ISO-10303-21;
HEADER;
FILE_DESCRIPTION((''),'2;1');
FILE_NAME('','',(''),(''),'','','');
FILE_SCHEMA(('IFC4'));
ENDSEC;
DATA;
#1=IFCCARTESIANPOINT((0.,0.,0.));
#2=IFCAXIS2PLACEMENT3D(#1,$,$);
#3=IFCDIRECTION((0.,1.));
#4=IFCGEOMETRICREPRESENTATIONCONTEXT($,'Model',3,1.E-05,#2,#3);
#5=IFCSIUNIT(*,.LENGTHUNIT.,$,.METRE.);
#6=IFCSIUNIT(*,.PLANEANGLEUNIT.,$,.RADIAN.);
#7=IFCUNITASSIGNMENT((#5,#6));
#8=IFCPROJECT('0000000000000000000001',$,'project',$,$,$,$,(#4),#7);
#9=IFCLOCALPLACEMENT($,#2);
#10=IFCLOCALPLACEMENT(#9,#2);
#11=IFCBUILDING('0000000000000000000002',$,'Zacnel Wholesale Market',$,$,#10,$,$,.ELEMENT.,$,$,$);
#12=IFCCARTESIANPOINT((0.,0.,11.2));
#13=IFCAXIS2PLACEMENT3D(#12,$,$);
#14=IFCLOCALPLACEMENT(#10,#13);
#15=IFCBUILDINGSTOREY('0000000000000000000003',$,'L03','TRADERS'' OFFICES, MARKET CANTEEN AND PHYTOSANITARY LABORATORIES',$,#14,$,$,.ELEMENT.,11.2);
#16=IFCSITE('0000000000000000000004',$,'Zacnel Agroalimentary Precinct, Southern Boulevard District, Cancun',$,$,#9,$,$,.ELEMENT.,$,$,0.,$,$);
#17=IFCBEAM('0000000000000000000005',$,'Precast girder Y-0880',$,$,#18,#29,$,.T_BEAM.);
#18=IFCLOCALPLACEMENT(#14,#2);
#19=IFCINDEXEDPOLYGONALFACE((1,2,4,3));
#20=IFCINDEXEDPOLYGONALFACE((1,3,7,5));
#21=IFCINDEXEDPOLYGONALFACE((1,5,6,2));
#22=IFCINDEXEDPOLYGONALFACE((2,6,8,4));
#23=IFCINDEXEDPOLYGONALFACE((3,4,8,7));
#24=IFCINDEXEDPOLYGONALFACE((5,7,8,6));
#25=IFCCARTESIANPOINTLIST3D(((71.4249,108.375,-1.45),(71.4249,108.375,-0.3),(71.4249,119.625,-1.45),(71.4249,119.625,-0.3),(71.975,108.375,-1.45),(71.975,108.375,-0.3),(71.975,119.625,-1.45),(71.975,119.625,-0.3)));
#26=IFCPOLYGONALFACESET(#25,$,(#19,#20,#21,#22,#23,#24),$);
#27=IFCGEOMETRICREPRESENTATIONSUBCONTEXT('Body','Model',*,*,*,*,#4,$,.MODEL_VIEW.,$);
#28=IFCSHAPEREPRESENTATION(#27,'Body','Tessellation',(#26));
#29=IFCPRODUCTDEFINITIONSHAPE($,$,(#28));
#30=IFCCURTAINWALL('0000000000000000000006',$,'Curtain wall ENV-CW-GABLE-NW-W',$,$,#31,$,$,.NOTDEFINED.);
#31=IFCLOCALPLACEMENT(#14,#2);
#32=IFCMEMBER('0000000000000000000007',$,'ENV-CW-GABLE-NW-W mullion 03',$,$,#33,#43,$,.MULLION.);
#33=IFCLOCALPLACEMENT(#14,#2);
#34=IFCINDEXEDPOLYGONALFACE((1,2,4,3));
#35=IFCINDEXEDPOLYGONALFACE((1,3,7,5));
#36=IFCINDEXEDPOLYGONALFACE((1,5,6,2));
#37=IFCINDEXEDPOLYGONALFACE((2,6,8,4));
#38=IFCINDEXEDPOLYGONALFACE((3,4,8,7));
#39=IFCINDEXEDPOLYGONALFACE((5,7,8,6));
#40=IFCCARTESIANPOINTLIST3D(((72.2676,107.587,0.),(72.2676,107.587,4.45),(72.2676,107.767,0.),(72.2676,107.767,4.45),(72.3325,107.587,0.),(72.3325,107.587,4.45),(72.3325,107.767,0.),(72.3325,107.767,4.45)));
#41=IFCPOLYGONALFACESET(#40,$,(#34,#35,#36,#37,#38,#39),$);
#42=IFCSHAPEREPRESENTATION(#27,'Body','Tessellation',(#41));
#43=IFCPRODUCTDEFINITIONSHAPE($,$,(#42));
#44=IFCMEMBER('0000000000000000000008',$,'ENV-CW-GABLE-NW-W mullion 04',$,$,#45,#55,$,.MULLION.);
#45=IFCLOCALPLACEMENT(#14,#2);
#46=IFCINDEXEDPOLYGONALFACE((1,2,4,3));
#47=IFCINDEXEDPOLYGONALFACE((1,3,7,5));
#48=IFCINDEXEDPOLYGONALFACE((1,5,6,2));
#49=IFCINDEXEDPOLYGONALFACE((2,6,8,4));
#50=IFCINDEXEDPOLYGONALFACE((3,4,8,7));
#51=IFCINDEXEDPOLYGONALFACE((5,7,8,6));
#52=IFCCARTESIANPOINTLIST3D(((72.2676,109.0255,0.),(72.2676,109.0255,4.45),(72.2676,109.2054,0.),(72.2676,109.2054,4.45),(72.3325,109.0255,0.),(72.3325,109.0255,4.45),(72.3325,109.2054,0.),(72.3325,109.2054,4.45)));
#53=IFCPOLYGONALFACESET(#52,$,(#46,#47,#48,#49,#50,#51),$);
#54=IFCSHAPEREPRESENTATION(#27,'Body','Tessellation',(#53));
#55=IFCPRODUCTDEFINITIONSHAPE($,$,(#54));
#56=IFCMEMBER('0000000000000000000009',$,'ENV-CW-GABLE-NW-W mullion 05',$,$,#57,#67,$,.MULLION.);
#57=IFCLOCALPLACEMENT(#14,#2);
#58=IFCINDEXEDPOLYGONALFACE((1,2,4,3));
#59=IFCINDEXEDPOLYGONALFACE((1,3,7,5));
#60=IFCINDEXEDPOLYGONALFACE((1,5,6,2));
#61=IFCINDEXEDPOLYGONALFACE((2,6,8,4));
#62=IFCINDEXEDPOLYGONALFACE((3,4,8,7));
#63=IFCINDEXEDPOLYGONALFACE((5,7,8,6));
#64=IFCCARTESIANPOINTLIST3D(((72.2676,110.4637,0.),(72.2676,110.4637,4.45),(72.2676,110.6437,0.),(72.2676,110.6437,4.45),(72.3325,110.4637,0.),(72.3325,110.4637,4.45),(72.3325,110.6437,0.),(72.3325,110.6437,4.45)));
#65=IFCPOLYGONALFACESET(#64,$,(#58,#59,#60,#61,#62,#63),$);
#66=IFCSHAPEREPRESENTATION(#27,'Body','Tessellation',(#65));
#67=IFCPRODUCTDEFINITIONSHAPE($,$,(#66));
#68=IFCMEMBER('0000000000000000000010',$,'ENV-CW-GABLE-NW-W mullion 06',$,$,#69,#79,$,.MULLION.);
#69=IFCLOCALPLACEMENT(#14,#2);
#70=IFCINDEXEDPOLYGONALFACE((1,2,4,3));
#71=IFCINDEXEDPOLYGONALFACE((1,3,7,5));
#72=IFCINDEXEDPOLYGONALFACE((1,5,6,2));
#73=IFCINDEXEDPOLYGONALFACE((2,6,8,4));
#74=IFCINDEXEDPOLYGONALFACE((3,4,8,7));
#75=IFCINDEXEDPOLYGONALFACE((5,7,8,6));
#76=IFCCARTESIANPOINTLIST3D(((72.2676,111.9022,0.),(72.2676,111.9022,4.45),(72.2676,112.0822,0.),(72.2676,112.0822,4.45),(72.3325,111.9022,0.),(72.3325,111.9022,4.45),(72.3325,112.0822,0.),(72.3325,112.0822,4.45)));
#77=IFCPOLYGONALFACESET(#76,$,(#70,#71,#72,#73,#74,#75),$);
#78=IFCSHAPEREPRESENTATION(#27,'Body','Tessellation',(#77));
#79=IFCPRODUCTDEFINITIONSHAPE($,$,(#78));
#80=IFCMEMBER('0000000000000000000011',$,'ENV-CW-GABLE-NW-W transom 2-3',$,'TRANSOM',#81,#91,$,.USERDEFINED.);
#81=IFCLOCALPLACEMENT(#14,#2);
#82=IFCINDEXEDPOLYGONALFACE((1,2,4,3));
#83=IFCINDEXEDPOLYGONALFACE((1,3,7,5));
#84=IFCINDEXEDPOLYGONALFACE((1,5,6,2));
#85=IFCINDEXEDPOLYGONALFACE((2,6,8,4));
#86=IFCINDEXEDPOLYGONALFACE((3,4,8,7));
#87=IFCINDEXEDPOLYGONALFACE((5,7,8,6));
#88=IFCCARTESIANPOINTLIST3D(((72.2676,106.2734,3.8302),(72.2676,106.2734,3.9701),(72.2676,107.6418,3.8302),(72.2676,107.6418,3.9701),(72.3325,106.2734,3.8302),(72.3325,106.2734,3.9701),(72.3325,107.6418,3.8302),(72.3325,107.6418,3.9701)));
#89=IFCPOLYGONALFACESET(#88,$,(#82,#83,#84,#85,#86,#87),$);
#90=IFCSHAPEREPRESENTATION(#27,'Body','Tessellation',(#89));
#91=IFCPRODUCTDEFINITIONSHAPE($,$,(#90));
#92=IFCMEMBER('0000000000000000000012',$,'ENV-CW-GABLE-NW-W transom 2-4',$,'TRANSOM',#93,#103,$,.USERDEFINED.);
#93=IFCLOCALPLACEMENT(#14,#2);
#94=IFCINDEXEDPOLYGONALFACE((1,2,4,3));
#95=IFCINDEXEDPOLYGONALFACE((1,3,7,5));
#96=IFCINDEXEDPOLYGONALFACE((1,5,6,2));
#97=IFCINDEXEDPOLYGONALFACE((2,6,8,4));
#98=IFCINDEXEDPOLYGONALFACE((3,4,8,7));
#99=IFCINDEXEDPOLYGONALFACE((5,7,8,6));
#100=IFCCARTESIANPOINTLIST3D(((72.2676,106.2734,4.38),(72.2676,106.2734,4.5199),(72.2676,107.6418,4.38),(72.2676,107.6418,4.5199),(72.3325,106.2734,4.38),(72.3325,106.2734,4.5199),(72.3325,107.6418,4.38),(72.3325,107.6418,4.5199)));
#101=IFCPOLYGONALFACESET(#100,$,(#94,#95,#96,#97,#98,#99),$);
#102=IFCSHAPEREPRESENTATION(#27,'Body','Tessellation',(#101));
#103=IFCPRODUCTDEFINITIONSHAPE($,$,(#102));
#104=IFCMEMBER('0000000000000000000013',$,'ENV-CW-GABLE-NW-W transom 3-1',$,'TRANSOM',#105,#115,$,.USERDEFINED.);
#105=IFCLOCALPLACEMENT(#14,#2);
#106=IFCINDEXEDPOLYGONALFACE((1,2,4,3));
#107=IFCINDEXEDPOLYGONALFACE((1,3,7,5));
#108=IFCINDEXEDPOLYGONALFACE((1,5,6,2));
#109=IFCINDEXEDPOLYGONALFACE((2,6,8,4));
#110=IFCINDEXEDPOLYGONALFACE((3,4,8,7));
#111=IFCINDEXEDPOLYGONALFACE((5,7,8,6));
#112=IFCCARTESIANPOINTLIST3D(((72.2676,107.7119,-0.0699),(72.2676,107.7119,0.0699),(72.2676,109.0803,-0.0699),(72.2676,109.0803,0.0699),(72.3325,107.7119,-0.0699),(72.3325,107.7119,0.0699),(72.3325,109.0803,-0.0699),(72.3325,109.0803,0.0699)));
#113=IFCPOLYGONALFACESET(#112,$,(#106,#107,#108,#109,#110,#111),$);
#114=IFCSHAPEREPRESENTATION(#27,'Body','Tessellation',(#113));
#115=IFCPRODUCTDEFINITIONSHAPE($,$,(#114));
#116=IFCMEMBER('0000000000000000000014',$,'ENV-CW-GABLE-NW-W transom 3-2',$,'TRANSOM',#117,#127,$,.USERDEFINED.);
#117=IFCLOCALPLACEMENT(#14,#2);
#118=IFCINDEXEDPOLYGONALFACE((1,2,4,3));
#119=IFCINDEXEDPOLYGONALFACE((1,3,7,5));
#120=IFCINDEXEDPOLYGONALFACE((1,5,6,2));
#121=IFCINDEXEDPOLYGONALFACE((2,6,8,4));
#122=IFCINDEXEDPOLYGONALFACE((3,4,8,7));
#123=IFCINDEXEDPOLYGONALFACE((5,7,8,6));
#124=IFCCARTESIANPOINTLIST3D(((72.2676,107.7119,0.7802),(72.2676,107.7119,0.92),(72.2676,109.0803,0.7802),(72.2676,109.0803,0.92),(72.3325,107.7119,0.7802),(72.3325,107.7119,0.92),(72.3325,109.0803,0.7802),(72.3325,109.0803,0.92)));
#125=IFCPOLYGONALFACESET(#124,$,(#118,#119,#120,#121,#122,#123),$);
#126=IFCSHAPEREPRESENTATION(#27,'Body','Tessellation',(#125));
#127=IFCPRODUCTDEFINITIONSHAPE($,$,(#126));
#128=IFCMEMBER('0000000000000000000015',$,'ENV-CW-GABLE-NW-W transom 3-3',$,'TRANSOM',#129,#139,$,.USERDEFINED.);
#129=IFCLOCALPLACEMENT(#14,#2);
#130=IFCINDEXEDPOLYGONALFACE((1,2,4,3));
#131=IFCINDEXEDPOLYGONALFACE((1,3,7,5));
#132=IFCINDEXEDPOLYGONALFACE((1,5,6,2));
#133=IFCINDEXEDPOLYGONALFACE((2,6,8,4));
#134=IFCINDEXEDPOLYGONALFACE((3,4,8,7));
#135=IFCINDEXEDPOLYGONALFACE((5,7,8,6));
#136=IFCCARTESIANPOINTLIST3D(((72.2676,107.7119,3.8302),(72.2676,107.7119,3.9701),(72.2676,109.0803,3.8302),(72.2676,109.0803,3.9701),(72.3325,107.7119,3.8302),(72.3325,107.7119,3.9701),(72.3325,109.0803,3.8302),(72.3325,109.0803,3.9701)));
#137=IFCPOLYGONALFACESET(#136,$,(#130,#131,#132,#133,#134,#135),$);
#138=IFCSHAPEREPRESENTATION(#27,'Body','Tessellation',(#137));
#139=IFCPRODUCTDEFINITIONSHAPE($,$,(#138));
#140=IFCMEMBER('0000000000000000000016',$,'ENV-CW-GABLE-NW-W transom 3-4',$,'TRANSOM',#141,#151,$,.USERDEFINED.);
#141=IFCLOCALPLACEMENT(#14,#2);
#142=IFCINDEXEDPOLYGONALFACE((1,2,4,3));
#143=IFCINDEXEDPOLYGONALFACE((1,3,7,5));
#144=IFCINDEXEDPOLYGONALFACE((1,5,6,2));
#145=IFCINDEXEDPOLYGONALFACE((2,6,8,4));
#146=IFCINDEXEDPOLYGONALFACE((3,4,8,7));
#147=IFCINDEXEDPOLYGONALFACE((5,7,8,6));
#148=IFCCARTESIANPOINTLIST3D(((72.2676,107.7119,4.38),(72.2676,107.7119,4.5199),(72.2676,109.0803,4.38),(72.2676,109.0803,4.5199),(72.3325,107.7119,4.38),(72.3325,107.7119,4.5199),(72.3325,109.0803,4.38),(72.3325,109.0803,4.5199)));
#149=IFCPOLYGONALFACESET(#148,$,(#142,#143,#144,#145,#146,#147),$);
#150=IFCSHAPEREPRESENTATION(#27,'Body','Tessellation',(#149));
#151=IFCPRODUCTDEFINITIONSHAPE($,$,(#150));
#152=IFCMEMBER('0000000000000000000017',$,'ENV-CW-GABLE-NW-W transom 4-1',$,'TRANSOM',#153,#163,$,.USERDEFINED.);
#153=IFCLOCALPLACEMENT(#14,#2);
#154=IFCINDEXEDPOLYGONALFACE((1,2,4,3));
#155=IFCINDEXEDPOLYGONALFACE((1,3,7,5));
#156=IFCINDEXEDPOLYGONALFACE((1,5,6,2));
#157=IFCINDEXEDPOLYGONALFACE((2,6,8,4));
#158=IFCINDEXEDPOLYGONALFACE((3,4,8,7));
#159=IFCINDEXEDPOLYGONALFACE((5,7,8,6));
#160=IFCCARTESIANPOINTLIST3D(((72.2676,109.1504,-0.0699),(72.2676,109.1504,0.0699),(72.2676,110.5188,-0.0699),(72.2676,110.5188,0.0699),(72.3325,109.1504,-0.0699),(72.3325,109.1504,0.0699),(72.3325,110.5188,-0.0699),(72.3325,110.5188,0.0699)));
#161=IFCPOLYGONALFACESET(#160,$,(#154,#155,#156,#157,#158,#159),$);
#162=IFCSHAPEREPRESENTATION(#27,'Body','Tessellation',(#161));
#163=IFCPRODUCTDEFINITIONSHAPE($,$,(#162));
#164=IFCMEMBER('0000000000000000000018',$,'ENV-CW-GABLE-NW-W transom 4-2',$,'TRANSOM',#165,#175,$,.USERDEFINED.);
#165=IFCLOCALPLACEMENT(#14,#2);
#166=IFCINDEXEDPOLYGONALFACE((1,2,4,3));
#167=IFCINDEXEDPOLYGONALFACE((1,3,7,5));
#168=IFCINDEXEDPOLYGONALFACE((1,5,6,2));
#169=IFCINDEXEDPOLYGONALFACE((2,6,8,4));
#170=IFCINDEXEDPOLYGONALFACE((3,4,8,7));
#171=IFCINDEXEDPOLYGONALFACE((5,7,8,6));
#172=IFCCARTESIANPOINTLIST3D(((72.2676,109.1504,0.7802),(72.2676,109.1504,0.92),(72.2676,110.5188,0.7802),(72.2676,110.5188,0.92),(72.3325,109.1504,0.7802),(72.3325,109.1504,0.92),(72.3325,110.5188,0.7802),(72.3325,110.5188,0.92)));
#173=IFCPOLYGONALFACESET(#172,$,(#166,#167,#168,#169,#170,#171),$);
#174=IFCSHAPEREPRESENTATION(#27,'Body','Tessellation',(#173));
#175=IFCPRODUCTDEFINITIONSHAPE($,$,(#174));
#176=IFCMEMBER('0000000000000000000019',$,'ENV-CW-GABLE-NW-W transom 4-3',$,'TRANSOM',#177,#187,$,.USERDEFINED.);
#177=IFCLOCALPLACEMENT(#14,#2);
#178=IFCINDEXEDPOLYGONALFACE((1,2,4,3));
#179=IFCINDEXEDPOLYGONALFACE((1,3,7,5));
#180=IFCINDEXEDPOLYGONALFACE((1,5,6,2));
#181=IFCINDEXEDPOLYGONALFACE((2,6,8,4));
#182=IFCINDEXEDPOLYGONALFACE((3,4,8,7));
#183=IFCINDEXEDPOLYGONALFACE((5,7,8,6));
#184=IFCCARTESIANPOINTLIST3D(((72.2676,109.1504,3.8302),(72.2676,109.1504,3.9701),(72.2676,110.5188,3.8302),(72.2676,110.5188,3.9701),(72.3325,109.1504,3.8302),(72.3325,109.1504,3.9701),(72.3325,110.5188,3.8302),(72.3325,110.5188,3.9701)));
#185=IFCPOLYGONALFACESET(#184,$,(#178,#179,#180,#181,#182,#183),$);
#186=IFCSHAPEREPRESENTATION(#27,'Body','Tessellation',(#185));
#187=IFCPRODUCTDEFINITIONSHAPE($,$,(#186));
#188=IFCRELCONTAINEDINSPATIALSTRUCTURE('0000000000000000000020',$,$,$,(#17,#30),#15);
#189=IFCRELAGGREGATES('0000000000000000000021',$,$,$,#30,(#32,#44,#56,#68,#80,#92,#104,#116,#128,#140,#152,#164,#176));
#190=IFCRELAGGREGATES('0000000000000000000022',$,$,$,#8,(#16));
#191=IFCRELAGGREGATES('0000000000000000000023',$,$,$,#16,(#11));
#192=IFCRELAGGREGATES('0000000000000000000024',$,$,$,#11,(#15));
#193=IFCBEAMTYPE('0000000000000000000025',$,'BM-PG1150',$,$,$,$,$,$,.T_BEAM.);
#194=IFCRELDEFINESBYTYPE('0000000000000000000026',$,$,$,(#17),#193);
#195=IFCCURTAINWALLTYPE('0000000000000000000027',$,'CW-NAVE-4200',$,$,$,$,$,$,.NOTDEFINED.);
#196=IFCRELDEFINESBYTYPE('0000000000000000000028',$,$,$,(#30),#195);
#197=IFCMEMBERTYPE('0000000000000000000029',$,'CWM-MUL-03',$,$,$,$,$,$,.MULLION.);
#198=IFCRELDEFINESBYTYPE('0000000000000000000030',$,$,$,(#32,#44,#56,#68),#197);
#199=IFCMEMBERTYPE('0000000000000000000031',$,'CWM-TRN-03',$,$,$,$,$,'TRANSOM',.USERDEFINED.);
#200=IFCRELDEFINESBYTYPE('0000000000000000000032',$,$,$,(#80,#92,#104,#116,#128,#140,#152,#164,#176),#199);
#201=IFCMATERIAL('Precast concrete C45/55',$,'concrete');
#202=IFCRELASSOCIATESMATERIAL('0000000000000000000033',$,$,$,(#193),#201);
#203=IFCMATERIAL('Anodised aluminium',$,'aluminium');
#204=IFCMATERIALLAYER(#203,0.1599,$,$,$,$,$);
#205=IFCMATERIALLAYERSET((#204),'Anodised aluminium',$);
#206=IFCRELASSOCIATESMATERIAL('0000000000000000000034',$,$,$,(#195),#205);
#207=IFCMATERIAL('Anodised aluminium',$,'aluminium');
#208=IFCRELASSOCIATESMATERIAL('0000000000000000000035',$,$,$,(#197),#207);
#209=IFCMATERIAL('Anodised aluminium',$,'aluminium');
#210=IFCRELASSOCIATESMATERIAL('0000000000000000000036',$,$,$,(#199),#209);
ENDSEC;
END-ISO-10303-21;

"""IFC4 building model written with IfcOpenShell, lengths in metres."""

from ifc_helpers import new_model, si_unit, direction, frame, origin, origin_2d, place, context, subcontext, project, spatial, rectangle, extrude, material, layer, layer_set, material_profile, profile_set, type_object, element, aggregate, save


model = new_model("IFC4")

# Units and contexts
model_context = context("Model", 3, precision=1e-05, world=origin(), true_north=direction((0.0, 1.0)))
body_context = subcontext(model_context, "Body", "Model", "MODEL_VIEW")
ifc_project = project(units=[si_unit("LENGTHUNIT", "METRE"), si_unit("PLANEANGLEUNIT", "RADIAN")], contexts=[model_context])

# Site, building, storey
site_placement = place(None, origin())
site = spatial("IfcSite", under=ifc_project, at=site_placement, Name="Zacnel Agroalimentary Precinct, Southern Boulevard District, Cancun", CompositionType="ELEMENT", RefElevation=0.0)
building_placement = place(site_placement, origin())
building = spatial("IfcBuilding", under=site, at=building_placement, Name="Zacnel Wholesale Market", CompositionType="ELEMENT")
storey_placement = place(building_placement, frame((0.0, 0.0, 11.2)))
storey = spatial("IfcBuildingStorey", under=building, at=storey_placement, Name="L03", Description="TRADERS' OFFICES, MARKET CANTEEN AND PHYTOSANITARY LABORATORIES", CompositionType="ELEMENT", Elevation=11.2)

# Beam
ifc_material_1 = material(Name="Precast concrete C45/55", Category="concrete")
ifc_material_profile_1 = material_profile(ifc_material_1, rectangle(XDim=0.55, YDim=1.1499, at=origin_2d()), Name="PG 550x1150")
ifc_profile_set_1 = profile_set([ifc_material_profile_1], Name="Precast concrete C45/55")
beam_type = type_object("IfcBeamType", Name="BM-PG1150", PredefinedType="T_BEAM", material=ifc_profile_set_1)
beam_placement = place(storey_placement, frame((71.7, 108.375, -0.875), z_axis=(0.0, 1.0, 0.0), x_axis=(-1.0, 0.0, 0.0)))
element("IfcBeam", 1, at=beam_placement, inside=storey, type_object=beam_type, Name="Precast girder Y-0880", PredefinedType="T_BEAM", context=body_context, shape_type="SweptSolid", body=[
    extrude(rectangle(XDim=0.55, YDim=1.1499, at=origin_2d()), origin(), (0.0, 0.0, 1.0), 11.25),
])

# Curtain wall, members
ifc_material_2 = material(Name="Anodised aluminium", Category="aluminium")
ifc_layer_1 = layer(ifc_material_2, 0.1599)
ifc_layer_set_1 = layer_set([ifc_layer_1], Name="Anodised aluminium")
curtain_wall_type = type_object("IfcCurtainWallType", Name="CW-NAVE-4200", PredefinedType="NOTDEFINED", material=ifc_layer_set_1)
curtain_wall_placement = place(storey_placement, origin())
curtain_wall = element("IfcCurtainWall", 2, at=curtain_wall_placement, inside=storey, type_object=curtain_wall_type, Name="Curtain wall ENV-CW-GABLE-NW-W", PredefinedType="NOTDEFINED")
ifc_material_3 = material(Name="Anodised aluminium", Category="aluminium")
ifc_material_profile_2 = material_profile(ifc_material_3, rectangle(XDim=0.0649, YDim=0.1799, at=origin_2d()), Name="AW-MULLION 65x180")
ifc_profile_set_2 = profile_set([ifc_material_profile_2], Name="Anodised aluminium")
member_type_1 = type_object("IfcMemberType", Name="CWM-MUL-03", PredefinedType="MULLION", material=ifc_profile_set_2)
member_1_placement = place(storey_placement, frame((72.3, 107.677, 0.0), z_axis=(0.0, 0.0, 1.0), x_axis=(1.0, 0.0, 0.0)))
member_1 = element("IfcMember", 3, at=member_1_placement, type_object=member_type_1, Name="ENV-CW-GABLE-NW-W mullion 03", PredefinedType="MULLION", context=body_context, shape_type="SweptSolid", body=[
    extrude(rectangle(XDim=0.0649, YDim=0.1799, at=origin_2d()), origin(), (0.0, 0.0, 1.0), 4.45),
])
member_2_placement = place(storey_placement, frame((72.3, 109.1155, 0.0), z_axis=(0.0, 0.0, 1.0), x_axis=(1.0, 0.0, 0.0)))
member_2 = element("IfcMember", 4, at=member_2_placement, type_object=member_type_1, Name="ENV-CW-GABLE-NW-W mullion 04", PredefinedType="MULLION", context=body_context, shape_type="SweptSolid", body=[
    extrude(rectangle(XDim=0.0649, YDim=0.1799, at=origin_2d()), origin(), (0.0, 0.0, 1.0), 4.45),
])
member_3_placement = place(storey_placement, frame((72.3, 110.5537, 0.0), z_axis=(0.0, 0.0, 1.0), x_axis=(1.0, 0.0, 0.0)))
member_3 = element("IfcMember", 5, at=member_3_placement, type_object=member_type_1, Name="ENV-CW-GABLE-NW-W mullion 05", PredefinedType="MULLION", context=body_context, shape_type="SweptSolid", body=[
    extrude(rectangle(XDim=0.0649, YDim=0.1799, at=origin_2d()), origin(), (0.0, 0.0, 1.0), 4.45),
])
member_4_placement = place(storey_placement, frame((72.3, 111.9922, 0.0), z_axis=(0.0, 0.0, 1.0), x_axis=(1.0, 0.0, 0.0)))
member_4 = element("IfcMember", 6, at=member_4_placement, type_object=member_type_1, Name="ENV-CW-GABLE-NW-W mullion 06", PredefinedType="MULLION", context=body_context, shape_type="SweptSolid", body=[
    extrude(rectangle(XDim=0.0649, YDim=0.1799, at=origin_2d()), origin(), (0.0, 0.0, 1.0), 4.45),
])
ifc_material_4 = material(Name="Anodised aluminium", Category="aluminium")
ifc_material_profile_3 = material_profile(ifc_material_4, rectangle(XDim=0.0649, YDim=0.1399, at=origin_2d()), Name="AW-TRANSOM 65x140")
ifc_profile_set_3 = profile_set([ifc_material_profile_3], Name="Anodised aluminium")
member_type_2 = type_object("IfcMemberType", Name="CWM-TRN-03", ElementType="TRANSOM", PredefinedType="USERDEFINED", material=ifc_profile_set_3)
member_5_placement = place(storey_placement, frame((72.3, 106.2734, 3.9001), z_axis=(0.0, 1.0, 0.0), x_axis=(-1.0, 0.0, 0.0)))
member_5 = element("IfcMember", 7, at=member_5_placement, type_object=member_type_2, Name="ENV-CW-GABLE-NW-W transom 2-3", ObjectType="TRANSOM", PredefinedType="USERDEFINED", context=body_context, shape_type="SweptSolid", body=[
    extrude(rectangle(XDim=0.0649, YDim=0.1399, at=origin_2d()), origin(), (0.0, 0.0, 1.0), 1.3684),
])
member_6_placement = place(storey_placement, frame((72.3, 106.2734, 4.45), z_axis=(0.0, 1.0, 0.0), x_axis=(-1.0, 0.0, 0.0)))
member_6 = element("IfcMember", 8, at=member_6_placement, type_object=member_type_2, Name="ENV-CW-GABLE-NW-W transom 2-4", ObjectType="TRANSOM", PredefinedType="USERDEFINED", context=body_context, shape_type="SweptSolid", body=[
    extrude(rectangle(XDim=0.0649, YDim=0.1399, at=origin_2d()), origin(), (0.0, 0.0, 1.0), 1.3684),
])
member_7_placement = place(storey_placement, frame((72.3, 107.7119, 0.0), z_axis=(0.0, 1.0, 0.0), x_axis=(-1.0, 0.0, 0.0)))
member_7 = element("IfcMember", 9, at=member_7_placement, type_object=member_type_2, Name="ENV-CW-GABLE-NW-W transom 3-1", ObjectType="TRANSOM", PredefinedType="USERDEFINED", context=body_context, shape_type="SweptSolid", body=[
    extrude(rectangle(XDim=0.0649, YDim=0.1399, at=origin_2d()), origin(), (0.0, 0.0, 1.0), 1.3684),
])
member_8_placement = place(storey_placement, frame((72.3, 107.7119, 0.8501), z_axis=(0.0, 1.0, 0.0), x_axis=(-1.0, 0.0, 0.0)))
member_8 = element("IfcMember", 10, at=member_8_placement, type_object=member_type_2, Name="ENV-CW-GABLE-NW-W transom 3-2", ObjectType="TRANSOM", PredefinedType="USERDEFINED", context=body_context, shape_type="SweptSolid", body=[
    extrude(rectangle(XDim=0.0649, YDim=0.1399, at=origin_2d()), origin(), (0.0, 0.0, 1.0), 1.3684),
])
member_9_placement = place(storey_placement, frame((72.3, 107.7119, 3.9001), z_axis=(0.0, 1.0, 0.0), x_axis=(-1.0, 0.0, 0.0)))
member_9 = element("IfcMember", 11, at=member_9_placement, type_object=member_type_2, Name="ENV-CW-GABLE-NW-W transom 3-3", ObjectType="TRANSOM", PredefinedType="USERDEFINED", context=body_context, shape_type="SweptSolid", body=[
    extrude(rectangle(XDim=0.0649, YDim=0.1399, at=origin_2d()), origin(), (0.0, 0.0, 1.0), 1.3684),
])
member_10_placement = place(storey_placement, frame((72.3, 107.7119, 4.45), z_axis=(0.0, 1.0, 0.0), x_axis=(-1.0, 0.0, 0.0)))
member_10 = element("IfcMember", 12, at=member_10_placement, type_object=member_type_2, Name="ENV-CW-GABLE-NW-W transom 3-4", ObjectType="TRANSOM", PredefinedType="USERDEFINED", context=body_context, shape_type="SweptSolid", body=[
    extrude(rectangle(XDim=0.0649, YDim=0.1399, at=origin_2d()), origin(), (0.0, 0.0, 1.0), 1.3684),
])
member_11_placement = place(storey_placement, frame((72.3, 109.1504, 0.0), z_axis=(0.0, 1.0, 0.0), x_axis=(-1.0, 0.0, 0.0)))
member_11 = element("IfcMember", 13, at=member_11_placement, type_object=member_type_2, Name="ENV-CW-GABLE-NW-W transom 4-1", ObjectType="TRANSOM", PredefinedType="USERDEFINED", context=body_context, shape_type="SweptSolid", body=[
    extrude(rectangle(XDim=0.0649, YDim=0.1399, at=origin_2d()), origin(), (0.0, 0.0, 1.0), 1.3684),
])
member_12_placement = place(storey_placement, frame((72.3, 109.1504, 0.8501), z_axis=(0.0, 1.0, 0.0), x_axis=(-1.0, 0.0, 0.0)))
member_12 = element("IfcMember", 14, at=member_12_placement, type_object=member_type_2, Name="ENV-CW-GABLE-NW-W transom 4-2", ObjectType="TRANSOM", PredefinedType="USERDEFINED", context=body_context, shape_type="SweptSolid", body=[
    extrude(rectangle(XDim=0.0649, YDim=0.1399, at=origin_2d()), origin(), (0.0, 0.0, 1.0), 1.3684),
])
member_13_placement = place(storey_placement, frame((72.3, 109.1504, 3.9001), z_axis=(0.0, 1.0, 0.0), x_axis=(-1.0, 0.0, 0.0)))
member_13 = element("IfcMember", 15, at=member_13_placement, type_object=member_type_2, Name="ENV-CW-GABLE-NW-W transom 4-3", ObjectType="TRANSOM", PredefinedType="USERDEFINED", context=body_context, shape_type="SweptSolid", body=[
    extrude(rectangle(XDim=0.0649, YDim=0.1399, at=origin_2d()), origin(), (0.0, 0.0, 1.0), 1.3684),
])
aggregate(curtain_wall, [member_1, member_2, member_3, member_4, member_5, member_6, member_7, member_8, member_9, member_10, member_11, member_12, member_13])

save(model, "model.ifc")
